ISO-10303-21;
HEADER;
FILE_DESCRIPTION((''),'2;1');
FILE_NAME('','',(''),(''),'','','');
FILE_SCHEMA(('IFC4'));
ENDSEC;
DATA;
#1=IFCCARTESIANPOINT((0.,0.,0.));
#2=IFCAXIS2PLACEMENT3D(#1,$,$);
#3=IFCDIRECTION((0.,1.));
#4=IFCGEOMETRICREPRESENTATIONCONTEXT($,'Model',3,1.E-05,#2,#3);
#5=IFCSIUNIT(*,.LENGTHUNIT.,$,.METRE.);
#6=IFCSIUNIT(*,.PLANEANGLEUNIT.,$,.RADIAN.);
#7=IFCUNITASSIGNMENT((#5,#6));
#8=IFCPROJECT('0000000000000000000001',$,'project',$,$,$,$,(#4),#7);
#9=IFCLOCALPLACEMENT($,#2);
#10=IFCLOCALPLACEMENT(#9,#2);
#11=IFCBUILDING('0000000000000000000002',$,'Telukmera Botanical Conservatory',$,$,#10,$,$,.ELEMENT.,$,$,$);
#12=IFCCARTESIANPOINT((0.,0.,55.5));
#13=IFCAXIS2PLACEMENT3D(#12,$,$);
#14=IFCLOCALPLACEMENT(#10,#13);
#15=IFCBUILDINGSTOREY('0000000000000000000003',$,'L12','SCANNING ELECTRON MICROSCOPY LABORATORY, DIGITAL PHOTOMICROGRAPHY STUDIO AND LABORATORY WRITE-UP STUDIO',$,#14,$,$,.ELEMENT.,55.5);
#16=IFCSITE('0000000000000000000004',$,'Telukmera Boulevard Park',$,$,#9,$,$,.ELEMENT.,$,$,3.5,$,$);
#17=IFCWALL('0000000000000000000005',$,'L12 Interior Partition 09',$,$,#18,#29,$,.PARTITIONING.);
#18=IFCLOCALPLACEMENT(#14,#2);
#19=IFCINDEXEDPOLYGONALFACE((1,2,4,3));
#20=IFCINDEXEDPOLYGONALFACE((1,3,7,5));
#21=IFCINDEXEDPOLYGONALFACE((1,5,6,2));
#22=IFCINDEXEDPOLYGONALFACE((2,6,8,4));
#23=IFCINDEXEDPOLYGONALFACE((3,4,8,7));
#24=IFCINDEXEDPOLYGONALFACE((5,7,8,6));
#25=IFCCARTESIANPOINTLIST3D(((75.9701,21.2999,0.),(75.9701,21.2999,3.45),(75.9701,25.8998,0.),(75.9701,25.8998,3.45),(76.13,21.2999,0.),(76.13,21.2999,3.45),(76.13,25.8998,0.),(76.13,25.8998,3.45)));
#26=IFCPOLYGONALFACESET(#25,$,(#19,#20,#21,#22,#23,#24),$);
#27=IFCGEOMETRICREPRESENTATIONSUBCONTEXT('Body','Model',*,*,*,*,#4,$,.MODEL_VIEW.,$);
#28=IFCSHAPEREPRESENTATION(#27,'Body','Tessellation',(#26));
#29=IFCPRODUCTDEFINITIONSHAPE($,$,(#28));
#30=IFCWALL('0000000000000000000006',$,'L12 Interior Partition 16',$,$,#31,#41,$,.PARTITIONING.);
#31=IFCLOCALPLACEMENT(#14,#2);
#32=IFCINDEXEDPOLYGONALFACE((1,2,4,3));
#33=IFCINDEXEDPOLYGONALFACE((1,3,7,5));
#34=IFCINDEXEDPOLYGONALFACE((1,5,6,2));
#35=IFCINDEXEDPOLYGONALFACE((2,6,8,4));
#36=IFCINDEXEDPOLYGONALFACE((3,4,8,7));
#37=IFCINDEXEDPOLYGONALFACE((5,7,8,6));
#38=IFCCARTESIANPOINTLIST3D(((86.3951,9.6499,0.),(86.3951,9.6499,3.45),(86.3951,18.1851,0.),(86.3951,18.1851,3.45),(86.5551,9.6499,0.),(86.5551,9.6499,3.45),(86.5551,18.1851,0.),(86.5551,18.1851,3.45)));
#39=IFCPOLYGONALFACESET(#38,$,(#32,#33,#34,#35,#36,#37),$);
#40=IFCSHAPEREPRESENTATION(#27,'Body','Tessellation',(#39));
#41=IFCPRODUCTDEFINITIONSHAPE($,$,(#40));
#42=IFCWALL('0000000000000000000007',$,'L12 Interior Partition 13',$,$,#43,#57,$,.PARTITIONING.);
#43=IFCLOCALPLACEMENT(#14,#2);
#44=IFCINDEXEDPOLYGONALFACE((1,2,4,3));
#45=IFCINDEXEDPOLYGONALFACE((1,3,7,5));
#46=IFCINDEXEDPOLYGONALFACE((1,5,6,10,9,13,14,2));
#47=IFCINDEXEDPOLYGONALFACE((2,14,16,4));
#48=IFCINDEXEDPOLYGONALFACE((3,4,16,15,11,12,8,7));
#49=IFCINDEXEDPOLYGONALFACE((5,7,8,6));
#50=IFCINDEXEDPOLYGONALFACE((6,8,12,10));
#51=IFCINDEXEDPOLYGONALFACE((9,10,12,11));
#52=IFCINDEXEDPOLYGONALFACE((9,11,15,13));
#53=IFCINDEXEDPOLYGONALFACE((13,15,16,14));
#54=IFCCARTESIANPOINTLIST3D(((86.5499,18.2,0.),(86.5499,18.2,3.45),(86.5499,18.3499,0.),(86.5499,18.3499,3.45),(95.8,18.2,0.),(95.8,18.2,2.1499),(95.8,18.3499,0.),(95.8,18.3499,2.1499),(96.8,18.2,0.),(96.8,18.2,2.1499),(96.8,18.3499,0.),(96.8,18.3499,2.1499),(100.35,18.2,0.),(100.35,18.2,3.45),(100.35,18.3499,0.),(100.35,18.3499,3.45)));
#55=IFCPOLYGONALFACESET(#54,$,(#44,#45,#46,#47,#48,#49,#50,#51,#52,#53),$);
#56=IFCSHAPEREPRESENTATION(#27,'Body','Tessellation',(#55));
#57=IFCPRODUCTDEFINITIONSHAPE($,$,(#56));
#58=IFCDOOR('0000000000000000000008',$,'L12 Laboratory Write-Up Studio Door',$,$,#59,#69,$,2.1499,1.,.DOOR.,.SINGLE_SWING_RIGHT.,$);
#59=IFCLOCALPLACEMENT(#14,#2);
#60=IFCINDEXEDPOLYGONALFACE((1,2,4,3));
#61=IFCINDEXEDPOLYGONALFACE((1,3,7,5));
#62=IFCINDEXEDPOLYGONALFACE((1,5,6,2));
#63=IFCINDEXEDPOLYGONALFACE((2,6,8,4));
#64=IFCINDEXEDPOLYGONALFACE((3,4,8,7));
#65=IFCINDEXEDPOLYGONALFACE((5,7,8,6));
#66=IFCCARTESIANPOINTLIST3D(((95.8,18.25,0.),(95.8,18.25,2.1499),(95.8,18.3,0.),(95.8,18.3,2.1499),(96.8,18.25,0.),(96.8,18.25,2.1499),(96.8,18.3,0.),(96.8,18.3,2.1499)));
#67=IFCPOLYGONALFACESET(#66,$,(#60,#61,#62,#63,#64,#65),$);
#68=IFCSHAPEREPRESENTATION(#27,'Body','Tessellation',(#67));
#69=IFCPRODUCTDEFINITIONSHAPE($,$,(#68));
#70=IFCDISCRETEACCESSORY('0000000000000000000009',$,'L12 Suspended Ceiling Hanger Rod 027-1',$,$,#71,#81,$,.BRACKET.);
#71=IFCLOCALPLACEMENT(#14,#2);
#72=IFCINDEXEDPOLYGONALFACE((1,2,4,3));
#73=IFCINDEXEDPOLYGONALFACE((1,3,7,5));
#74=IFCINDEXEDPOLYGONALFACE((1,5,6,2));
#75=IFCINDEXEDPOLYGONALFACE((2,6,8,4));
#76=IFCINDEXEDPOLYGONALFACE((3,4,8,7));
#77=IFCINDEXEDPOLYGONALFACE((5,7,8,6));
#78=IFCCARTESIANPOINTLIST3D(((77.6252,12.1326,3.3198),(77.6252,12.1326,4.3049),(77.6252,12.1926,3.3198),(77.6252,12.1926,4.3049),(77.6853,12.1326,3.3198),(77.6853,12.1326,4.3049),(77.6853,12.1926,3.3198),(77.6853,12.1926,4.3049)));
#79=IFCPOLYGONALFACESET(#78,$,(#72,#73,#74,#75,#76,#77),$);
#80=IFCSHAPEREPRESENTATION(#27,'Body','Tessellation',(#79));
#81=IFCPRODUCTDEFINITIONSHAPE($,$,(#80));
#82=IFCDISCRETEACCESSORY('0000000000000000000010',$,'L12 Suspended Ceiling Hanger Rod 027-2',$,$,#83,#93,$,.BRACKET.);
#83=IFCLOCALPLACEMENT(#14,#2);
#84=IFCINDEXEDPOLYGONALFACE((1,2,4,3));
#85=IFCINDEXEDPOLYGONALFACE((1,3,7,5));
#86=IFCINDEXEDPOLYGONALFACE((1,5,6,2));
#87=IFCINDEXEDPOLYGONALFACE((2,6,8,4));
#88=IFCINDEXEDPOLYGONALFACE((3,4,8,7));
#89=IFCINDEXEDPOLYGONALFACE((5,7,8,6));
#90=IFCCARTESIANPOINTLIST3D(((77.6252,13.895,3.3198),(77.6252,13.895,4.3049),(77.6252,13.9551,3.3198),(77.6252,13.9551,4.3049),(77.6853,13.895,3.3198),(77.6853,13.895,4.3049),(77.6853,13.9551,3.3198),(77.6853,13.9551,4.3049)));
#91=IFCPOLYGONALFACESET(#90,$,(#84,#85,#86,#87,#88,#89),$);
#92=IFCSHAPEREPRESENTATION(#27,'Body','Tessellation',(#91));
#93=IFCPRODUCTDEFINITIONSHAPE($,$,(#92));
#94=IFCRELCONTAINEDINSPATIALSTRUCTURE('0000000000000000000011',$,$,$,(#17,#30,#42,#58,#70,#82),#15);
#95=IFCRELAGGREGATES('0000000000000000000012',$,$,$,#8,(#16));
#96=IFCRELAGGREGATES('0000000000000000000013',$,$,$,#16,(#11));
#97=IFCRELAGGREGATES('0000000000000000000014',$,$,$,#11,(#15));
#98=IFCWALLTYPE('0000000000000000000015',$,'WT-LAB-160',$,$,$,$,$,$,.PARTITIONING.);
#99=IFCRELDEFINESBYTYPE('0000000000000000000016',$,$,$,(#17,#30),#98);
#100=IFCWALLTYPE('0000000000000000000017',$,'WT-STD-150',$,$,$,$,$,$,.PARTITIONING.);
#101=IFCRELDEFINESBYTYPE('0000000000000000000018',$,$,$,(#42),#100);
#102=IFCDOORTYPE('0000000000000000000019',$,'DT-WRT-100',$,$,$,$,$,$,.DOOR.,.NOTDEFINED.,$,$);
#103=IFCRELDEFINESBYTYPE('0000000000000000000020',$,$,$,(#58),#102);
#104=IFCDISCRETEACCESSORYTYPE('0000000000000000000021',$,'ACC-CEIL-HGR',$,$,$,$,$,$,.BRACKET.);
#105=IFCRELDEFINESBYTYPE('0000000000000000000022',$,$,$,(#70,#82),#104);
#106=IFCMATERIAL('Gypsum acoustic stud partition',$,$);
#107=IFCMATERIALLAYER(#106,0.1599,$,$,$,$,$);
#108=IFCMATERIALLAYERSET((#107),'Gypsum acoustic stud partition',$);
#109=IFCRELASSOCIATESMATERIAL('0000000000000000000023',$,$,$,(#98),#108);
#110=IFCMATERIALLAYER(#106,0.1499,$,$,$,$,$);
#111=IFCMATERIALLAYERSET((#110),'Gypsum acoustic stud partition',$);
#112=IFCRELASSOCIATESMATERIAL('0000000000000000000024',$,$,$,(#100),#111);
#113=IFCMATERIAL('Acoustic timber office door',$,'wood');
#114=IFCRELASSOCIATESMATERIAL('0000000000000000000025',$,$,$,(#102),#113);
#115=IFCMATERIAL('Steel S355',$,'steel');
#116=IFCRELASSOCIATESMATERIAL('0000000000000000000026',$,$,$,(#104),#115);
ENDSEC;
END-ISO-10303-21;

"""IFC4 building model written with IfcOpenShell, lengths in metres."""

from ifc_helpers import new_model, si_unit, direction, frame, frame_2d, origin, origin_2d, place, context, subcontext, project, spatial, rectangle, extrude, material, layer, layer_set, type_object, element, fill, save


model = new_model("IFC4")

# Units and contexts
model_context = context("Model", 3, precision=1e-05, world=origin(), true_north=direction((0.0, 1.0)))
body_context = subcontext(model_context, "Body", "Model", "MODEL_VIEW")
ifc_project = project(units=[si_unit("LENGTHUNIT", "METRE"), si_unit("PLANEANGLEUNIT", "RADIAN")], contexts=[model_context])

# Site, building, storey
site_placement = place(None, origin())
site = spatial("IfcSite", under=ifc_project, at=site_placement, Name="Telukmera Boulevard Park", CompositionType="ELEMENT", RefElevation=3.5)
building_placement = place(site_placement, origin())
building = spatial("IfcBuilding", under=site, at=building_placement, Name="Telukmera Botanical Conservatory", CompositionType="ELEMENT")
storey_placement = place(building_placement, frame((0.0, 0.0, 55.5)))
storey = spatial("IfcBuildingStorey", under=building, at=storey_placement, Name="L12", Description="SCANNING ELECTRON MICROSCOPY LABORATORY, DIGITAL PHOTOMICROGRAPHY STUDIO AND LABORATORY WRITE-UP STUDIO", CompositionType="ELEMENT", Elevation=55.5)

# Walls
ifc_material_1 = material(Name="Gypsum acoustic stud partition")
ifc_layer_1 = layer(ifc_material_1, 0.1599)
ifc_layer_set_1 = layer_set([ifc_layer_1], Name="Gypsum acoustic stud partition")
wall_type_1 = type_object("IfcWallType", Name="WT-LAB-160", PredefinedType="PARTITIONING", material=ifc_layer_set_1)
wall_1_placement = place(storey_placement, frame((76.05, 21.3, 0.0), z_axis=(0.0, 0.0, 1.0), x_axis=(0.0, 1.0, 0.0)))
element("IfcWall", 1, at=wall_1_placement, inside=storey, type_object=wall_type_1, Name="L12 Interior Partition 09", PredefinedType="PARTITIONING", context=body_context, shape_type="SweptSolid", body=[
    extrude(rectangle(XDim=4.5999, YDim=0.1599, at=frame_2d((2.2998, 0.0))), origin(), (0.0, 0.0, 1.0), 3.45),
])
wall_2_placement = place(storey_placement, frame((86.4751, 9.6499, 0.0), z_axis=(0.0, 0.0, 1.0), x_axis=(0.0, 1.0, 0.0)))
element("IfcWall", 2, at=wall_2_placement, inside=storey, type_object=wall_type_1, Name="L12 Interior Partition 16", PredefinedType="PARTITIONING", context=body_context, shape_type="SweptSolid", body=[
    extrude(rectangle(XDim=8.5352, YDim=0.1599, at=frame_2d((4.2676, 0.0))), origin(), (0.0, 0.0, 1.0), 3.45),
])

# Wall, opening, door
ifc_layer_2 = layer(ifc_material_1, 0.1499)
ifc_layer_set_2 = layer_set([ifc_layer_2], Name="Gypsum acoustic stud partition")
wall_type_2 = type_object("IfcWallType", Name="WT-STD-150", PredefinedType="PARTITIONING", material=ifc_layer_set_2)
wall_3_placement = place(storey_placement, frame((86.55, 18.2749, 0.0), z_axis=(0.0, 0.0, 1.0), x_axis=(1.0, 0.0, 0.0)))
wall_3 = element("IfcWall", 3, at=wall_3_placement, inside=storey, type_object=wall_type_2, Name="L12 Interior Partition 13", PredefinedType="PARTITIONING", context=body_context, shape_type="SweptSolid", body=[
    extrude(rectangle(XDim=13.8, YDim=0.1499, at=frame_2d((6.8999, 0.0))), origin(), (0.0, 0.0, 1.0), 3.45),
])
opening_1_placement = place(wall_3_placement, frame((9.25, 0.0, 0.0)))
opening_1 = element("IfcOpeningElement", 4, at=opening_1_placement, cuts=wall_3, PredefinedType="OPENING", context=body_context, shape_type="SweptSolid", body=[
    extrude(rectangle(XDim=1.0, YDim=2.1499, at=frame_2d((0.5, 1.075))), frame((0.0, 0.085, 0.0), z_axis=(0.0, -1.0, 0.0), x_axis=(1.0, 0.0, 0.0)), (0.0, 0.0, 1.0), 0.1699),
])
ifc_material_2 = material(Name="Acoustic timber office door", Category="wood")
door_type_1 = type_object("IfcDoorType", Name="DT-WRT-100", OperationType="NOTDEFINED", PredefinedType="DOOR", material=ifc_material_2)
door_1_placement = place(opening_1_placement, frame((1.0, 0.0, 0.0), z_axis=(0.0, 0.0, 1.0), x_axis=(-1.0, 0.0, 0.0)))
door_1 = element("IfcDoor", 5, at=door_1_placement, inside=storey, type_object=door_type_1, Name="L12 Laboratory Write-Up Studio Door", OperationType="SINGLE_SWING_RIGHT", OverallHeight=2.1499, OverallWidth=1.0, PredefinedType="DOOR", context=body_context, shape_type="SweptSolid", body=[
    extrude(rectangle(XDim=1.0, YDim=2.1499, at=frame_2d((0.5, 1.075))), frame((0.0, 0.0249, 0.0), z_axis=(0.0, -1.0, 0.0), x_axis=(1.0, 0.0, 0.0)), (0.0, 0.0, 1.0), 0.05),
])
fill(opening_1, door_1)

# Discrete accessories
ifc_material_3 = material(Name="Steel S355", Category="steel")
discrete_accessory_type = type_object("IfcDiscreteAccessoryType", Name="ACC-CEIL-HGR", PredefinedType="BRACKET", material=ifc_material_3)
for number, where, z_axis, x_axis, name in (
    (6, (77.6553, 12.1626, 3.3198), (0.0, 0.0, 1.0), (1.0, 0.0, 0.0), "L12 Suspended Ceiling Hanger Rod 027-1"),
    (7, (77.6553, 13.925, 3.3198), (0.0, 0.0, 1.0), (1.0, 0.0, 0.0), "L12 Suspended Ceiling Hanger Rod 027-2"),
):
    element("IfcDiscreteAccessory", number, at=place(storey_placement, frame(where, z_axis=z_axis, x_axis=x_axis)), inside=storey, type_object=discrete_accessory_type, Name=name, PredefinedType="BRACKET", context=body_context, shape_type="SweptSolid", body=[
        extrude(rectangle(XDim=0.0601, YDim=0.0601, at=origin_2d()), origin(), (0.0, 0.0, 1.0), 0.9851),
    ])

save(model, "model.ifc")
